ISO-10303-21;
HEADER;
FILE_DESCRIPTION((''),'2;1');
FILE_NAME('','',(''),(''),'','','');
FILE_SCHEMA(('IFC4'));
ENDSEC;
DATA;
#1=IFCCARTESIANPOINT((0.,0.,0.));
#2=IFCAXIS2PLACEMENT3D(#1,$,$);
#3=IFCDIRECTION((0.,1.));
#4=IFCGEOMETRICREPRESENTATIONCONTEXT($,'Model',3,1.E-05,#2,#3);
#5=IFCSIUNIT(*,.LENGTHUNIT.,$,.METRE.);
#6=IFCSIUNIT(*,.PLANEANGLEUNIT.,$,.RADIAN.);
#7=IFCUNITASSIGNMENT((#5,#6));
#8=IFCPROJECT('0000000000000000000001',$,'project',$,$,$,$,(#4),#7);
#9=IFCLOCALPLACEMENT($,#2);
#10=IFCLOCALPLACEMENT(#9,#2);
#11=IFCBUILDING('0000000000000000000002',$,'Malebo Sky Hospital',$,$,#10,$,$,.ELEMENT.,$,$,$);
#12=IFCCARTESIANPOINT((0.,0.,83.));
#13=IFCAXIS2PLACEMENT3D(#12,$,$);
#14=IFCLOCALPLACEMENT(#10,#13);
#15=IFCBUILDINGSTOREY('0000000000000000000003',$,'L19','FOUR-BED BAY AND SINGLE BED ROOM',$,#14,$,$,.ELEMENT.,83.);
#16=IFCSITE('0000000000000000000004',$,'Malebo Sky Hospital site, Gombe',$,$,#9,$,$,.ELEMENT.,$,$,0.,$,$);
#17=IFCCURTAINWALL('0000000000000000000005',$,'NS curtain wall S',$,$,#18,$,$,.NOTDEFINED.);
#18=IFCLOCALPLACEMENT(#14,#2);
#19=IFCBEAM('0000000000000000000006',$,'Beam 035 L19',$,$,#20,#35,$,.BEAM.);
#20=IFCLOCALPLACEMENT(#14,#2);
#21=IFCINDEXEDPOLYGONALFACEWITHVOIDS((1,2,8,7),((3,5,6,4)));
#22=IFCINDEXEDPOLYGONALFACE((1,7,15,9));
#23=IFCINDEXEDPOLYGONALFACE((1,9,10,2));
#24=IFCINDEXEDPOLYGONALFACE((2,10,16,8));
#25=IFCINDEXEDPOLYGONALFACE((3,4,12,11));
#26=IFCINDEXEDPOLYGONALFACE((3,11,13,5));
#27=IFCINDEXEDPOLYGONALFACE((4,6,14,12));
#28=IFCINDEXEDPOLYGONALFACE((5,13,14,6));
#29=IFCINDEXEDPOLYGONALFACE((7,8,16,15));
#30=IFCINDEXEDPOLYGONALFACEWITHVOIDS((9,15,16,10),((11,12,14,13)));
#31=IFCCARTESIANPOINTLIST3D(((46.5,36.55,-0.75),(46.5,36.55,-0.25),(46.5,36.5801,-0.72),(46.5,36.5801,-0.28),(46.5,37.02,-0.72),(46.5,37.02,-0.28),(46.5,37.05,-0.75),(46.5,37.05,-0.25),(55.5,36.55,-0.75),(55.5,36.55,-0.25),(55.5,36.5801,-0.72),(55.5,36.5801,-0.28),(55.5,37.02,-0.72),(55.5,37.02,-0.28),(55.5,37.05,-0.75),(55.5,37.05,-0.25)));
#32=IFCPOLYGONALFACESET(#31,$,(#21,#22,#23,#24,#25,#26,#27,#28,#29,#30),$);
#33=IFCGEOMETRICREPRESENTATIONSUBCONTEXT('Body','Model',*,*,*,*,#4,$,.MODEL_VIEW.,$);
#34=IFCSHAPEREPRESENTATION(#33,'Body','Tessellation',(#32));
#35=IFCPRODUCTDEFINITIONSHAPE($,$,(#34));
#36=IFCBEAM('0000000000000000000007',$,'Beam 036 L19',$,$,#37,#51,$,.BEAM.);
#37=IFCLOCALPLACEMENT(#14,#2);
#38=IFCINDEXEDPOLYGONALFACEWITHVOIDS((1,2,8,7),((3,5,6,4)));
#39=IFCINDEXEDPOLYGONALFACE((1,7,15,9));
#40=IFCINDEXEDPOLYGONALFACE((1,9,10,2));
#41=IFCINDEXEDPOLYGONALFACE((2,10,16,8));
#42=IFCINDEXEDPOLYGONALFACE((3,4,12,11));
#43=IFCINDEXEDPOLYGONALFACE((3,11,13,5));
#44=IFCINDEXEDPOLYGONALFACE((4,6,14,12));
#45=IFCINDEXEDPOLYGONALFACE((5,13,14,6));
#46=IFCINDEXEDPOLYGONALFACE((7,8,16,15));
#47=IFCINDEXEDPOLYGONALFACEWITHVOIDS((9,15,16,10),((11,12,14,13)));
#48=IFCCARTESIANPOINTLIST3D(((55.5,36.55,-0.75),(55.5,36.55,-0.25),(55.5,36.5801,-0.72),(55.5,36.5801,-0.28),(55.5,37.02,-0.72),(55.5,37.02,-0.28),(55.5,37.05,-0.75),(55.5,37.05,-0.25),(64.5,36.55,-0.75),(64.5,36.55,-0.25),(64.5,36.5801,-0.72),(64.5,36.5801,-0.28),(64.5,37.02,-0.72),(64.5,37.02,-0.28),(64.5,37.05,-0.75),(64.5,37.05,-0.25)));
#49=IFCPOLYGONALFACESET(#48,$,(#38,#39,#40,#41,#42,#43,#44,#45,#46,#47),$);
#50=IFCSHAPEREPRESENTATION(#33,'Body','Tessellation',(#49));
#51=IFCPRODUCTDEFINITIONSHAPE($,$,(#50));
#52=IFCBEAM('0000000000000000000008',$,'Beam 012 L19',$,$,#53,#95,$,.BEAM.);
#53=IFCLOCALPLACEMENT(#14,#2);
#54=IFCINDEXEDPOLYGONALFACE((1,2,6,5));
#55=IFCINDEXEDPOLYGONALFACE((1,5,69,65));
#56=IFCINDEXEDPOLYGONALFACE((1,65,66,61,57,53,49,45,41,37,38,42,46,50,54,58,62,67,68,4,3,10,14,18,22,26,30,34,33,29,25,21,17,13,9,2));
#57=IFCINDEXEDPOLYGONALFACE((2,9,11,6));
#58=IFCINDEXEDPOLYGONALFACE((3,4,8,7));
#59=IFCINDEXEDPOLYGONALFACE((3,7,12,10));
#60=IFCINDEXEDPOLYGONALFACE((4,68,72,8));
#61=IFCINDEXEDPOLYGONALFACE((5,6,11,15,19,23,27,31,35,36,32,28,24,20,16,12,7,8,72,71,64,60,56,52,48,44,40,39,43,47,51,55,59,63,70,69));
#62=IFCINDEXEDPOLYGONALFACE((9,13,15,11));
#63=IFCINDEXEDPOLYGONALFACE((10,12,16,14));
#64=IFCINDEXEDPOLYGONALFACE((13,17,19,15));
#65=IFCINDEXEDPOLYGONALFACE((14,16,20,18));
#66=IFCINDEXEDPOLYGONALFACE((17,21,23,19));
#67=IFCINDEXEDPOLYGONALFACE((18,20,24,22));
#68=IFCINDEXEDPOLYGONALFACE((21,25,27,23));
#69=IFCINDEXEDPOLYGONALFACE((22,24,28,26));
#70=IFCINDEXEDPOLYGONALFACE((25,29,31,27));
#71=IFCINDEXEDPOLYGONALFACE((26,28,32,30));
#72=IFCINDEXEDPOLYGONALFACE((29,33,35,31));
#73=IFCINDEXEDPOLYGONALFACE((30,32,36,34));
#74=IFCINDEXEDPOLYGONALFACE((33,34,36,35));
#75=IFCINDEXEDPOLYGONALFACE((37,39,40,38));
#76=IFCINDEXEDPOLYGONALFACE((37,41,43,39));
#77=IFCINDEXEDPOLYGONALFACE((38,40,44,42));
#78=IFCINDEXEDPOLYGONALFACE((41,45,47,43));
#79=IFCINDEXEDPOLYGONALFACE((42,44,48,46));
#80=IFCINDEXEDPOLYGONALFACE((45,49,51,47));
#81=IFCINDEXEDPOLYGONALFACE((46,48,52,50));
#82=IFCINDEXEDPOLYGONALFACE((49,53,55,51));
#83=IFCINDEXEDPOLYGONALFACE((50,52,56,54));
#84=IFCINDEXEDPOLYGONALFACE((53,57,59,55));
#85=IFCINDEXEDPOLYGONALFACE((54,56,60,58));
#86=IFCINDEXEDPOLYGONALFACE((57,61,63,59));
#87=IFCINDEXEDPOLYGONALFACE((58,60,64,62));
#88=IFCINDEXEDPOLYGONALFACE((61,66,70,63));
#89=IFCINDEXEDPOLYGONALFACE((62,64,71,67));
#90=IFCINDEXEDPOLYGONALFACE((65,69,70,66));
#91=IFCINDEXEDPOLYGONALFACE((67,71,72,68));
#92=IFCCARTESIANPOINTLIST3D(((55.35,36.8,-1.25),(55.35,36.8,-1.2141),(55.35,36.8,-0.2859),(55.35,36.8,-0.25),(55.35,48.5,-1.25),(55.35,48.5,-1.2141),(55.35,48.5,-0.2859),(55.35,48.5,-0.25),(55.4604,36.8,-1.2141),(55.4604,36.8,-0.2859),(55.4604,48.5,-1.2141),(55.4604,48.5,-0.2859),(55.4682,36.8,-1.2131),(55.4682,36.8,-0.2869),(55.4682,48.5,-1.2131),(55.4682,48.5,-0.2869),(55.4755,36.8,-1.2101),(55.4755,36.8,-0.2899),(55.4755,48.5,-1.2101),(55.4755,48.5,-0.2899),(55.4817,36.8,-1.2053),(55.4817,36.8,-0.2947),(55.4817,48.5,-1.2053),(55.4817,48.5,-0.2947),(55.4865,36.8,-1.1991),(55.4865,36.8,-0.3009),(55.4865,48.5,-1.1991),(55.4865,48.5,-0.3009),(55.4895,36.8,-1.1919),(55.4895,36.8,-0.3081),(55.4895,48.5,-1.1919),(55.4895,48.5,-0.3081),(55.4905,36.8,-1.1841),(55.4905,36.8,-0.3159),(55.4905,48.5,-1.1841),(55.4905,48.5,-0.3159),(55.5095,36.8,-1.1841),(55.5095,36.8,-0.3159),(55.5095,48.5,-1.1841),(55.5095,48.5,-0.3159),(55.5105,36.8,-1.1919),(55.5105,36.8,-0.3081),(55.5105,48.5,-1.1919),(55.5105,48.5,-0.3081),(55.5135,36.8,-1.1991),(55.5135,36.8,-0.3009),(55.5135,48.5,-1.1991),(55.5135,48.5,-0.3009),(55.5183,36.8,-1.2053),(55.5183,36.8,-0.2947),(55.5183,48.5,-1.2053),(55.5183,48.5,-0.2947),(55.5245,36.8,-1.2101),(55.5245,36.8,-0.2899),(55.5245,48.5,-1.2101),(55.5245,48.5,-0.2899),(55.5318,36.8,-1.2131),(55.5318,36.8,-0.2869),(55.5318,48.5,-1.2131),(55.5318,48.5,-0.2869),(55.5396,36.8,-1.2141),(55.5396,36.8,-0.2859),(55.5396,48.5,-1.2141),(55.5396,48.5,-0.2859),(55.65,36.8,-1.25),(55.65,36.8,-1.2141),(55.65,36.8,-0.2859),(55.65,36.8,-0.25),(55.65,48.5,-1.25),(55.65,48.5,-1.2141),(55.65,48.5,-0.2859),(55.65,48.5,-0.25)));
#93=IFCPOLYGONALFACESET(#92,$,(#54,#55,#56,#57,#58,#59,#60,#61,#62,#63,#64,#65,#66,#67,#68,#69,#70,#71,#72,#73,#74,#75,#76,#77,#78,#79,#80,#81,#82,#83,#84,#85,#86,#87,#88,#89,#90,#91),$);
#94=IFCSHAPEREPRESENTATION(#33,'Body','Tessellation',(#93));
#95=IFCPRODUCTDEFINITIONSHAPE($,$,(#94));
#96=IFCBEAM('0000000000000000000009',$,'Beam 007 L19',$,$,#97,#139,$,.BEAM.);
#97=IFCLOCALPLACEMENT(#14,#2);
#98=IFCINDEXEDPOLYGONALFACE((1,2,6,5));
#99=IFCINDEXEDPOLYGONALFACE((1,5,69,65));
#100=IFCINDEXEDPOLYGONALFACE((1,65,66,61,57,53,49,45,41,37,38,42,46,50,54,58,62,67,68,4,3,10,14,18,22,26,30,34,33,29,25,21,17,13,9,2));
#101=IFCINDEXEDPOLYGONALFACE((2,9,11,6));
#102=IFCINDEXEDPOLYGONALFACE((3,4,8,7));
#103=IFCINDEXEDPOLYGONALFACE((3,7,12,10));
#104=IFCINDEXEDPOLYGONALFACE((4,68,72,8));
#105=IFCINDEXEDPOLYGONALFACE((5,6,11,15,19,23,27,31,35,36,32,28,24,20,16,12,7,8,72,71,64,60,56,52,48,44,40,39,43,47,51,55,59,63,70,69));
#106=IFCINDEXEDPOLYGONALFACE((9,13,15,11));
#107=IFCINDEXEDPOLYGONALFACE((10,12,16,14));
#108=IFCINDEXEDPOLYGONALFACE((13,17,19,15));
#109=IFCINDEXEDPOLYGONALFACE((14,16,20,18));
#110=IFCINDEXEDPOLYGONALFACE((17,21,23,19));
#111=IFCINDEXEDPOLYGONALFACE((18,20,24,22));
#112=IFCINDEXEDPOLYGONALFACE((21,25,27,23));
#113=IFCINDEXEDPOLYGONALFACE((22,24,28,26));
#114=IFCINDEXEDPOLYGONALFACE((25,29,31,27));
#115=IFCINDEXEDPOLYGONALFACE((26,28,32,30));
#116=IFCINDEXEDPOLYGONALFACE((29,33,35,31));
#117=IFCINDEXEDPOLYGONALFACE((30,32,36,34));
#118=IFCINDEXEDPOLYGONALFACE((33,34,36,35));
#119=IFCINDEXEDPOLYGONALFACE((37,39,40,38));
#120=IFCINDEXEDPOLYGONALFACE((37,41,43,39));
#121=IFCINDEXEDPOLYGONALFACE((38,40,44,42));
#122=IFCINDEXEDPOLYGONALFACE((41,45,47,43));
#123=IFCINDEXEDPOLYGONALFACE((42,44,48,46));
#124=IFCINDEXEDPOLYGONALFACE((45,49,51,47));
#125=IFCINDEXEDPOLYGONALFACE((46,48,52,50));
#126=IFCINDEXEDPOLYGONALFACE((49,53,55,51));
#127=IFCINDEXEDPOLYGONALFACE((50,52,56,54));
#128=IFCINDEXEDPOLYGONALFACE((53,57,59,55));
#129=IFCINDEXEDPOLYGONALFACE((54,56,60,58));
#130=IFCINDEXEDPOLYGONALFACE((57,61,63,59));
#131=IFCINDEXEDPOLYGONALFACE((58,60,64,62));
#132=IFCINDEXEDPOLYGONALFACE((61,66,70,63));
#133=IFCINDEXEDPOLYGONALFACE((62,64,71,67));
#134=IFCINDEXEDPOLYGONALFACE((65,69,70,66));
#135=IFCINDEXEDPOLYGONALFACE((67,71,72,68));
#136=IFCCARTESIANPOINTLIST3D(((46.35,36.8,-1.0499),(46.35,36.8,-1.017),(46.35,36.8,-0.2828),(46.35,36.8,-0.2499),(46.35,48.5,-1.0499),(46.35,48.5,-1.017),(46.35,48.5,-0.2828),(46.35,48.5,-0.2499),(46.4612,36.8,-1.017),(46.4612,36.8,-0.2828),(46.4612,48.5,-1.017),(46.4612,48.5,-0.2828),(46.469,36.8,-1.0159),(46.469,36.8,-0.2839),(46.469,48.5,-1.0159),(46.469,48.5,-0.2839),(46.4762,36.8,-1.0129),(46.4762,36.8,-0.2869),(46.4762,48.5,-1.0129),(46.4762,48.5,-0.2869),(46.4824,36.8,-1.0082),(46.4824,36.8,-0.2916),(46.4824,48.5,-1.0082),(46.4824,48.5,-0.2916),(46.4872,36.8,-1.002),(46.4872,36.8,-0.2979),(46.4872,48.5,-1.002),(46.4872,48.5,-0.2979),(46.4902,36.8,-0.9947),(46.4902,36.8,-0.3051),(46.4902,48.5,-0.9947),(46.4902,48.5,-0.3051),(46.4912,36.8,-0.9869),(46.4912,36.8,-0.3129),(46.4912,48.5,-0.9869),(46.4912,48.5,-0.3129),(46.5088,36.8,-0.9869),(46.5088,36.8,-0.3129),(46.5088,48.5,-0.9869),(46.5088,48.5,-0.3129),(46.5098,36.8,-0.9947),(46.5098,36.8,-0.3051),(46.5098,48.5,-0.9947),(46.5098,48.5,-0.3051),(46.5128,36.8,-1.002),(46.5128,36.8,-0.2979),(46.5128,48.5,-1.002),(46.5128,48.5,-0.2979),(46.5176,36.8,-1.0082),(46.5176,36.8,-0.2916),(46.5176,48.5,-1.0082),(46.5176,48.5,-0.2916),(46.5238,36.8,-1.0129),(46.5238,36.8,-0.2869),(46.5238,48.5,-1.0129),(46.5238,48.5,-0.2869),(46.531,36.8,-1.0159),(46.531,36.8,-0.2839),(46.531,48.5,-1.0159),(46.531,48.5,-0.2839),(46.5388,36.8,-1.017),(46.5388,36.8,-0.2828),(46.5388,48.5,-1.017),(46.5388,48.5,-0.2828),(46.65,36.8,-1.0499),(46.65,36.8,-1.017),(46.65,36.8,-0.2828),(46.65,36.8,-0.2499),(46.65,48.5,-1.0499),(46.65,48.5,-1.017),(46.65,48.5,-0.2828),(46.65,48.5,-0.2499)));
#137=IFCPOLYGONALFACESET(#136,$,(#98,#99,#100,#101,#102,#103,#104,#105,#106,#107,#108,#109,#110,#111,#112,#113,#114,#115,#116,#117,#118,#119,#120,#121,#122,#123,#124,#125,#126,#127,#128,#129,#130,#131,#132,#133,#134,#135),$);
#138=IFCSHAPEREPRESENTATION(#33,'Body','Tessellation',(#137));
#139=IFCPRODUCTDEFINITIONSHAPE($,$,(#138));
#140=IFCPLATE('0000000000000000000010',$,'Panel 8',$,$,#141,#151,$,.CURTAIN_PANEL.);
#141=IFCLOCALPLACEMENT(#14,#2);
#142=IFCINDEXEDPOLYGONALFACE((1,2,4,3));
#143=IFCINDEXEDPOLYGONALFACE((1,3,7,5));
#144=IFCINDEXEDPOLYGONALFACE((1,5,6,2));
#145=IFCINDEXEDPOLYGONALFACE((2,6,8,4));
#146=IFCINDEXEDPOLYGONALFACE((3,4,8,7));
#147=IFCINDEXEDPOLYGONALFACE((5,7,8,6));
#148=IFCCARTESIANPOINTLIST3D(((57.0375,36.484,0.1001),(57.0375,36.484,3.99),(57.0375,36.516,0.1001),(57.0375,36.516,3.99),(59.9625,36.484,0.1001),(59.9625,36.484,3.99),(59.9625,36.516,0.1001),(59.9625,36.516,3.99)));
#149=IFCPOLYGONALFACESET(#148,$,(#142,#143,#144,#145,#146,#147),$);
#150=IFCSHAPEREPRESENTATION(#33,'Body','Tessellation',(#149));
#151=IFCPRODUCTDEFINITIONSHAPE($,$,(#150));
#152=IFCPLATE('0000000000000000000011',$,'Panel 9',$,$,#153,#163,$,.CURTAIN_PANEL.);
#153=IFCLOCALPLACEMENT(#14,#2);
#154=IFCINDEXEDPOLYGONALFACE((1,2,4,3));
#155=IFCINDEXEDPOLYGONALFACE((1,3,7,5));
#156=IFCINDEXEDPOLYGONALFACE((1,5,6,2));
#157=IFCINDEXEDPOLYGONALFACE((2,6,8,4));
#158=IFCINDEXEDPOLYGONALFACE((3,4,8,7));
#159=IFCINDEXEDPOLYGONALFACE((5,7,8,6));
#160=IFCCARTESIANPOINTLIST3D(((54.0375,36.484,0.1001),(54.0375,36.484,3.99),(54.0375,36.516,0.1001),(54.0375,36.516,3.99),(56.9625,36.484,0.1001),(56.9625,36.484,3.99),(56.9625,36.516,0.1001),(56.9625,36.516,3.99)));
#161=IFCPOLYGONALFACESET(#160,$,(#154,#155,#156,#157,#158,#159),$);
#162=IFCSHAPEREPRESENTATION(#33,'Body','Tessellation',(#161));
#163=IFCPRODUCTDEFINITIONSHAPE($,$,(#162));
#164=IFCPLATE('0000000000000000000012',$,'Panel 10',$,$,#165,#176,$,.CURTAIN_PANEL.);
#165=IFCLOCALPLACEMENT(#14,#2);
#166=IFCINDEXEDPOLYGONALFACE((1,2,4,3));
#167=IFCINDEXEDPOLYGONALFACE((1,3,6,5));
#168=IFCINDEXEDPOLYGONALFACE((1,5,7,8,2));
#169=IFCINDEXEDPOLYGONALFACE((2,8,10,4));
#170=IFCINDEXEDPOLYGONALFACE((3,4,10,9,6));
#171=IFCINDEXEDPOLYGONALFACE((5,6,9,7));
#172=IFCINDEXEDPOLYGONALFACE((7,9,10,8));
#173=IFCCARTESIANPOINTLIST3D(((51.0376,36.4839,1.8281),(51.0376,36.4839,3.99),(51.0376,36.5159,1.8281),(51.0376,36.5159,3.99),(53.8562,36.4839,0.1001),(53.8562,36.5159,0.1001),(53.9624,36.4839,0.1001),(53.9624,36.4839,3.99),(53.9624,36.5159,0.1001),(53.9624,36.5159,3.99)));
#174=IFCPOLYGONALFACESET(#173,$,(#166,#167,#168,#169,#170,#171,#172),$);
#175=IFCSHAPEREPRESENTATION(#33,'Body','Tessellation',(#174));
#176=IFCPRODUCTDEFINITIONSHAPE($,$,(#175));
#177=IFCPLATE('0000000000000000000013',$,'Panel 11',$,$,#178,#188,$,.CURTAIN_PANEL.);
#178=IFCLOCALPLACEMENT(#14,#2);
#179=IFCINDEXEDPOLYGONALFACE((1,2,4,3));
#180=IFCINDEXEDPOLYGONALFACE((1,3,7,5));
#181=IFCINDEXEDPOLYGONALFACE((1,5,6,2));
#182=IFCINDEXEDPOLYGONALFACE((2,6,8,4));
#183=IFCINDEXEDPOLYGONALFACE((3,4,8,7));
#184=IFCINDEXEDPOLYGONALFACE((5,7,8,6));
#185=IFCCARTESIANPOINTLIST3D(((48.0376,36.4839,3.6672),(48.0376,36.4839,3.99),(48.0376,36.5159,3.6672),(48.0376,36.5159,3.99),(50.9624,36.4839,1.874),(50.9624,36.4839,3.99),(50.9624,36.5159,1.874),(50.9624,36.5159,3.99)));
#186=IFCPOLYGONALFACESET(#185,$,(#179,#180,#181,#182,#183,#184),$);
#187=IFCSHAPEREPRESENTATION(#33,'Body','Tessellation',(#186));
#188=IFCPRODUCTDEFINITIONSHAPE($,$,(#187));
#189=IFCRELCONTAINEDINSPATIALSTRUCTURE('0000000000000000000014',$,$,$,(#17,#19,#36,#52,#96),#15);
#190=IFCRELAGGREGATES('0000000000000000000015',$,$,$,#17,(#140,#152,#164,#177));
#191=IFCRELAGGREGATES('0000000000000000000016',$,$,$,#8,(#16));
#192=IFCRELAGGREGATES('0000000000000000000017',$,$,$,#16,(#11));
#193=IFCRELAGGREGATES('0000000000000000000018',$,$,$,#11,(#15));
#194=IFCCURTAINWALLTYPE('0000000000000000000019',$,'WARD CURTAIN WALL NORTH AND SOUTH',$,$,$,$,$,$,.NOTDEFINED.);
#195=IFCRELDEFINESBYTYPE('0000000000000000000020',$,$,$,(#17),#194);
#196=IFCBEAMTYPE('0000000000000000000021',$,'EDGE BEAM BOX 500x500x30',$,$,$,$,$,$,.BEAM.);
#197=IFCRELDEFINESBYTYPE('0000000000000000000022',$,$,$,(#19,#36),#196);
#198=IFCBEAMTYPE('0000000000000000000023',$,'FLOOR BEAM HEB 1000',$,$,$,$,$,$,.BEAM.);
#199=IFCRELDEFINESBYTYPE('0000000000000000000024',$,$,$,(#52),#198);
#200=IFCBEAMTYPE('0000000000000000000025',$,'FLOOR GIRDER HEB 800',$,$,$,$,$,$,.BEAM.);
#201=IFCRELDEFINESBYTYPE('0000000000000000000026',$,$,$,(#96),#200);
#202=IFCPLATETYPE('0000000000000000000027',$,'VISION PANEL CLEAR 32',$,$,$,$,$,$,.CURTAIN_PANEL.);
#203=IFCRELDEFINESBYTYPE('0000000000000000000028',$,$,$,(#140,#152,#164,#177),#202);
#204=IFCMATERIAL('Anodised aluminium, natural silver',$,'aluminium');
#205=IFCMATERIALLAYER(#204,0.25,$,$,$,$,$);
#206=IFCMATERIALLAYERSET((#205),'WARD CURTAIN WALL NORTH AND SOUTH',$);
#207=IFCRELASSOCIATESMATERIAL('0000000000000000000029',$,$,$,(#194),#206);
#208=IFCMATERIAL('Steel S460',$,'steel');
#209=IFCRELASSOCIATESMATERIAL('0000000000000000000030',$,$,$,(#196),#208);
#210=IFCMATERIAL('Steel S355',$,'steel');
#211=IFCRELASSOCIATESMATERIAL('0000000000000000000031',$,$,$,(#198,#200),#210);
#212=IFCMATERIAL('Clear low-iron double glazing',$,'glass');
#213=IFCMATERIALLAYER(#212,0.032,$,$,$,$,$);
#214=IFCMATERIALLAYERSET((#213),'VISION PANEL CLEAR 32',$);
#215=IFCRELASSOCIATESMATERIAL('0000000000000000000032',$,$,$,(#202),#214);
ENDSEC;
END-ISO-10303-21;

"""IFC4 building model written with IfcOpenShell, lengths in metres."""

from ifc_helpers import new_model, si_unit, direction, frame, origin, origin_2d, place, context, subcontext, project, spatial, polyline, rectangle, hollow_rectangle, i_section, outline, extrude, material, layer, layer_set, material_profile, profile_set, type_object, element, aggregate, save


model = new_model("IFC4")

# Units and contexts
model_context = context("Model", 3, precision=1e-05, world=origin(), true_north=direction((0.0, 1.0)))
body_context = subcontext(model_context, "Body", "Model", "MODEL_VIEW")
ifc_project = project(units=[si_unit("LENGTHUNIT", "METRE"), si_unit("PLANEANGLEUNIT", "RADIAN")], contexts=[model_context])

# Site, building, storey
site_placement = place(None, origin())
site = spatial("IfcSite", under=ifc_project, at=site_placement, Name="Malebo Sky Hospital site, Gombe", CompositionType="ELEMENT", RefElevation=0.0)
building_placement = place(site_placement, origin())
building = spatial("IfcBuilding", under=site, at=building_placement, Name="Malebo Sky Hospital", CompositionType="ELEMENT")
storey_placement = place(building_placement, frame((0.0, 0.0, 83.0)))
storey = spatial("IfcBuildingStorey", under=building, at=storey_placement, Name="L19", Description="FOUR-BED BAY AND SINGLE BED ROOM", CompositionType="ELEMENT", Elevation=83.0)

# Shared definitions
ifc_material_1 = material(Name="Steel S460", Category="steel")

# Curtain wall
ifc_material_2 = material(Name="Anodised aluminium, natural silver", Category="aluminium")
ifc_layer_1 = layer(ifc_material_2, 0.25)
ifc_layer_set_1 = layer_set([ifc_layer_1], Name="WARD CURTAIN WALL NORTH AND SOUTH")
curtain_wall_type = type_object("IfcCurtainWallType", Name="WARD CURTAIN WALL NORTH AND SOUTH", PredefinedType="NOTDEFINED", material=ifc_layer_set_1)
curtain_wall_placement = place(storey_placement, origin())
curtain_wall = element("IfcCurtainWall", 1, at=curtain_wall_placement, inside=storey, type_object=curtain_wall_type, Name="NS curtain wall S", PredefinedType="NOTDEFINED")

# Shared definitions
ifc_material_3 = material(Name="Steel S355", Category="steel")

# Beams
ifc_material_profile_1 = material_profile(ifc_material_1, hollow_rectangle(XDim=0.5, YDim=0.5, WallThickness=0.03, at=origin_2d()), Name="BOX 500x500x30")
ifc_profile_set_1 = profile_set([ifc_material_profile_1], Name="Steel S460")
beam_type_1 = type_object("IfcBeamType", Name="EDGE BEAM BOX 500x500x30", PredefinedType="BEAM", material=ifc_profile_set_1)
for number, where, z_axis, x_axis, name in (
    (2, (46.5, 36.8, -0.5), (1.0, 0.0, 0.0), (0.0, 1.0, 0.0), "Beam 035 L19"),
    (3, (55.5, 36.8, -0.5), (1.0, 0.0, 0.0), (0.0, 1.0, 0.0), "Beam 036 L19"),
):
    element("IfcBeam", number, at=place(storey_placement, frame(where, z_axis=z_axis, x_axis=x_axis)), inside=storey, type_object=beam_type_1, Name=name, PredefinedType="BEAM", context=body_context, shape_type="SweptSolid", body=[
        extrude(hollow_rectangle(XDim=0.5, YDim=0.5, WallThickness=0.03, at=origin_2d()), origin(), (0.0, 0.0, 1.0), 9.0),
    ])
ifc_material_profile_2 = material_profile(ifc_material_3, i_section(OverallWidth=0.3, OverallDepth=1.0, WebThickness=0.019, FlangeThickness=0.0359, FilletRadius=0.03, at=origin_2d()), Name="HEB 1000")
ifc_profile_set_2 = profile_set([ifc_material_profile_2], Name="Steel S355")
beam_type_2 = type_object("IfcBeamType", Name="FLOOR BEAM HEB 1000", PredefinedType="BEAM", material=ifc_profile_set_2)
beam_1_placement = place(storey_placement, frame((55.5, 36.8, -0.75), z_axis=(0.0, 1.0, 0.0), x_axis=(-1.0, 0.0, 0.0)))
element("IfcBeam", 4, at=beam_1_placement, inside=storey, type_object=beam_type_2, Name="Beam 012 L19", PredefinedType="BEAM", context=body_context, shape_type="SweptSolid", body=[
    extrude(i_section(OverallWidth=0.3, OverallDepth=1.0, WebThickness=0.019, FlangeThickness=0.0359, FilletRadius=0.03, at=origin_2d()), origin(), (0.0, 0.0, 1.0), 11.7),
])
ifc_material_profile_3 = material_profile(ifc_material_3, i_section(OverallWidth=0.3, OverallDepth=0.8, WebThickness=0.0176, FlangeThickness=0.033, FilletRadius=0.03, at=origin_2d()), Name="HEB 800")
ifc_profile_set_3 = profile_set([ifc_material_profile_3], Name="Steel S355")
beam_type_3 = type_object("IfcBeamType", Name="FLOOR GIRDER HEB 800", PredefinedType="BEAM", material=ifc_profile_set_3)
beam_2_placement = place(storey_placement, frame((46.5, 36.8, -0.6499), z_axis=(0.0, 1.0, 0.0), x_axis=(-1.0, 0.0, 0.0)))
element("IfcBeam", 5, at=beam_2_placement, inside=storey, type_object=beam_type_3, Name="Beam 007 L19", PredefinedType="BEAM", context=body_context, shape_type="SweptSolid", body=[
    extrude(i_section(OverallWidth=0.3, OverallDepth=0.8, WebThickness=0.0176, FlangeThickness=0.033, FilletRadius=0.03, at=origin_2d()), origin(), (0.0, 0.0, 1.0), 11.7),
])

# Plates
ifc_material_4 = material(Name="Clear low-iron double glazing", Category="glass")
ifc_layer_2 = layer(ifc_material_4, 0.032)
ifc_layer_set_2 = layer_set([ifc_layer_2], Name="VISION PANEL CLEAR 32")
plate_type = type_object("IfcPlateType", Name="VISION PANEL CLEAR 32", PredefinedType="CURTAIN_PANEL", material=ifc_layer_set_2)
plate_1_placement = place(storey_placement, frame((58.5, 36.5, 0.1001), z_axis=(0.0, 0.0, 1.0), x_axis=(-1.0, 0.0, 0.0)))
plate_1 = element("IfcPlate", 6, at=plate_1_placement, type_object=plate_type, Name="Panel 8", PredefinedType="CURTAIN_PANEL", context=body_context, shape_type="SweptSolid", body=[
    extrude(rectangle(XDim=2.925, YDim=0.032, at=origin_2d()), origin(), (0.0, 0.0, 1.0), 3.8899),
])
plate_2_placement = place(storey_placement, frame((55.5, 36.5, 0.1001), z_axis=(0.0, 0.0, 1.0), x_axis=(-1.0, 0.0, 0.0)))
plate_2 = element("IfcPlate", 7, at=plate_2_placement, type_object=plate_type, Name="Panel 9", PredefinedType="CURTAIN_PANEL", context=body_context, shape_type="SweptSolid", body=[
    extrude(rectangle(XDim=2.925, YDim=0.032, at=origin_2d()), origin(), (0.0, 0.0, 1.0), 3.8899),
])
plate_3_placement = place(storey_placement, frame((52.5, 36.5, 0.1001), z_axis=(0.0, 0.0, 1.0), x_axis=(-1.0, 0.0, 0.0)))
plate_3 = element("IfcPlate", 8, at=plate_3_placement, type_object=plate_type, Name="Panel 10", PredefinedType="CURTAIN_PANEL", context=body_context, shape_type="SweptSolid", body=[
    extrude(outline(polyline([(-1.4624, 0.0), (-1.3562, 0.0), (1.4624, 1.728), (1.4624, 3.8899), (-1.4624, 3.8899), (-1.4624, 0.0)])), frame((0.0, 0.0161, 0.0), z_axis=(0.0, -1.0, 0.0), x_axis=(1.0, 0.0, 0.0)), (0.0, 0.0, 1.0), 0.032),
])
plate_4_placement = place(storey_placement, frame((49.5, 36.5, 1.874), z_axis=(0.0, 0.0, 1.0), x_axis=(-1.0, 0.0, 0.0)))
plate_4 = element("IfcPlate", 9, at=plate_4_placement, type_object=plate_type, Name="Panel 11", PredefinedType="CURTAIN_PANEL", context=body_context, shape_type="SweptSolid", body=[
    extrude(outline(polyline([(-1.4624, 0.0), (1.4624, 1.7932), (1.4624, 2.116), (-1.4624, 2.116), (-1.4624, 0.0)])), frame((0.0, 0.0161, 0.0), z_axis=(0.0, -1.0, 0.0), x_axis=(1.0, 0.0, 0.0)), (0.0, 0.0, 1.0), 0.032),
])
aggregate(curtain_wall, [plate_1, plate_2, plate_3, plate_4])

save(model, "model.ifc")
